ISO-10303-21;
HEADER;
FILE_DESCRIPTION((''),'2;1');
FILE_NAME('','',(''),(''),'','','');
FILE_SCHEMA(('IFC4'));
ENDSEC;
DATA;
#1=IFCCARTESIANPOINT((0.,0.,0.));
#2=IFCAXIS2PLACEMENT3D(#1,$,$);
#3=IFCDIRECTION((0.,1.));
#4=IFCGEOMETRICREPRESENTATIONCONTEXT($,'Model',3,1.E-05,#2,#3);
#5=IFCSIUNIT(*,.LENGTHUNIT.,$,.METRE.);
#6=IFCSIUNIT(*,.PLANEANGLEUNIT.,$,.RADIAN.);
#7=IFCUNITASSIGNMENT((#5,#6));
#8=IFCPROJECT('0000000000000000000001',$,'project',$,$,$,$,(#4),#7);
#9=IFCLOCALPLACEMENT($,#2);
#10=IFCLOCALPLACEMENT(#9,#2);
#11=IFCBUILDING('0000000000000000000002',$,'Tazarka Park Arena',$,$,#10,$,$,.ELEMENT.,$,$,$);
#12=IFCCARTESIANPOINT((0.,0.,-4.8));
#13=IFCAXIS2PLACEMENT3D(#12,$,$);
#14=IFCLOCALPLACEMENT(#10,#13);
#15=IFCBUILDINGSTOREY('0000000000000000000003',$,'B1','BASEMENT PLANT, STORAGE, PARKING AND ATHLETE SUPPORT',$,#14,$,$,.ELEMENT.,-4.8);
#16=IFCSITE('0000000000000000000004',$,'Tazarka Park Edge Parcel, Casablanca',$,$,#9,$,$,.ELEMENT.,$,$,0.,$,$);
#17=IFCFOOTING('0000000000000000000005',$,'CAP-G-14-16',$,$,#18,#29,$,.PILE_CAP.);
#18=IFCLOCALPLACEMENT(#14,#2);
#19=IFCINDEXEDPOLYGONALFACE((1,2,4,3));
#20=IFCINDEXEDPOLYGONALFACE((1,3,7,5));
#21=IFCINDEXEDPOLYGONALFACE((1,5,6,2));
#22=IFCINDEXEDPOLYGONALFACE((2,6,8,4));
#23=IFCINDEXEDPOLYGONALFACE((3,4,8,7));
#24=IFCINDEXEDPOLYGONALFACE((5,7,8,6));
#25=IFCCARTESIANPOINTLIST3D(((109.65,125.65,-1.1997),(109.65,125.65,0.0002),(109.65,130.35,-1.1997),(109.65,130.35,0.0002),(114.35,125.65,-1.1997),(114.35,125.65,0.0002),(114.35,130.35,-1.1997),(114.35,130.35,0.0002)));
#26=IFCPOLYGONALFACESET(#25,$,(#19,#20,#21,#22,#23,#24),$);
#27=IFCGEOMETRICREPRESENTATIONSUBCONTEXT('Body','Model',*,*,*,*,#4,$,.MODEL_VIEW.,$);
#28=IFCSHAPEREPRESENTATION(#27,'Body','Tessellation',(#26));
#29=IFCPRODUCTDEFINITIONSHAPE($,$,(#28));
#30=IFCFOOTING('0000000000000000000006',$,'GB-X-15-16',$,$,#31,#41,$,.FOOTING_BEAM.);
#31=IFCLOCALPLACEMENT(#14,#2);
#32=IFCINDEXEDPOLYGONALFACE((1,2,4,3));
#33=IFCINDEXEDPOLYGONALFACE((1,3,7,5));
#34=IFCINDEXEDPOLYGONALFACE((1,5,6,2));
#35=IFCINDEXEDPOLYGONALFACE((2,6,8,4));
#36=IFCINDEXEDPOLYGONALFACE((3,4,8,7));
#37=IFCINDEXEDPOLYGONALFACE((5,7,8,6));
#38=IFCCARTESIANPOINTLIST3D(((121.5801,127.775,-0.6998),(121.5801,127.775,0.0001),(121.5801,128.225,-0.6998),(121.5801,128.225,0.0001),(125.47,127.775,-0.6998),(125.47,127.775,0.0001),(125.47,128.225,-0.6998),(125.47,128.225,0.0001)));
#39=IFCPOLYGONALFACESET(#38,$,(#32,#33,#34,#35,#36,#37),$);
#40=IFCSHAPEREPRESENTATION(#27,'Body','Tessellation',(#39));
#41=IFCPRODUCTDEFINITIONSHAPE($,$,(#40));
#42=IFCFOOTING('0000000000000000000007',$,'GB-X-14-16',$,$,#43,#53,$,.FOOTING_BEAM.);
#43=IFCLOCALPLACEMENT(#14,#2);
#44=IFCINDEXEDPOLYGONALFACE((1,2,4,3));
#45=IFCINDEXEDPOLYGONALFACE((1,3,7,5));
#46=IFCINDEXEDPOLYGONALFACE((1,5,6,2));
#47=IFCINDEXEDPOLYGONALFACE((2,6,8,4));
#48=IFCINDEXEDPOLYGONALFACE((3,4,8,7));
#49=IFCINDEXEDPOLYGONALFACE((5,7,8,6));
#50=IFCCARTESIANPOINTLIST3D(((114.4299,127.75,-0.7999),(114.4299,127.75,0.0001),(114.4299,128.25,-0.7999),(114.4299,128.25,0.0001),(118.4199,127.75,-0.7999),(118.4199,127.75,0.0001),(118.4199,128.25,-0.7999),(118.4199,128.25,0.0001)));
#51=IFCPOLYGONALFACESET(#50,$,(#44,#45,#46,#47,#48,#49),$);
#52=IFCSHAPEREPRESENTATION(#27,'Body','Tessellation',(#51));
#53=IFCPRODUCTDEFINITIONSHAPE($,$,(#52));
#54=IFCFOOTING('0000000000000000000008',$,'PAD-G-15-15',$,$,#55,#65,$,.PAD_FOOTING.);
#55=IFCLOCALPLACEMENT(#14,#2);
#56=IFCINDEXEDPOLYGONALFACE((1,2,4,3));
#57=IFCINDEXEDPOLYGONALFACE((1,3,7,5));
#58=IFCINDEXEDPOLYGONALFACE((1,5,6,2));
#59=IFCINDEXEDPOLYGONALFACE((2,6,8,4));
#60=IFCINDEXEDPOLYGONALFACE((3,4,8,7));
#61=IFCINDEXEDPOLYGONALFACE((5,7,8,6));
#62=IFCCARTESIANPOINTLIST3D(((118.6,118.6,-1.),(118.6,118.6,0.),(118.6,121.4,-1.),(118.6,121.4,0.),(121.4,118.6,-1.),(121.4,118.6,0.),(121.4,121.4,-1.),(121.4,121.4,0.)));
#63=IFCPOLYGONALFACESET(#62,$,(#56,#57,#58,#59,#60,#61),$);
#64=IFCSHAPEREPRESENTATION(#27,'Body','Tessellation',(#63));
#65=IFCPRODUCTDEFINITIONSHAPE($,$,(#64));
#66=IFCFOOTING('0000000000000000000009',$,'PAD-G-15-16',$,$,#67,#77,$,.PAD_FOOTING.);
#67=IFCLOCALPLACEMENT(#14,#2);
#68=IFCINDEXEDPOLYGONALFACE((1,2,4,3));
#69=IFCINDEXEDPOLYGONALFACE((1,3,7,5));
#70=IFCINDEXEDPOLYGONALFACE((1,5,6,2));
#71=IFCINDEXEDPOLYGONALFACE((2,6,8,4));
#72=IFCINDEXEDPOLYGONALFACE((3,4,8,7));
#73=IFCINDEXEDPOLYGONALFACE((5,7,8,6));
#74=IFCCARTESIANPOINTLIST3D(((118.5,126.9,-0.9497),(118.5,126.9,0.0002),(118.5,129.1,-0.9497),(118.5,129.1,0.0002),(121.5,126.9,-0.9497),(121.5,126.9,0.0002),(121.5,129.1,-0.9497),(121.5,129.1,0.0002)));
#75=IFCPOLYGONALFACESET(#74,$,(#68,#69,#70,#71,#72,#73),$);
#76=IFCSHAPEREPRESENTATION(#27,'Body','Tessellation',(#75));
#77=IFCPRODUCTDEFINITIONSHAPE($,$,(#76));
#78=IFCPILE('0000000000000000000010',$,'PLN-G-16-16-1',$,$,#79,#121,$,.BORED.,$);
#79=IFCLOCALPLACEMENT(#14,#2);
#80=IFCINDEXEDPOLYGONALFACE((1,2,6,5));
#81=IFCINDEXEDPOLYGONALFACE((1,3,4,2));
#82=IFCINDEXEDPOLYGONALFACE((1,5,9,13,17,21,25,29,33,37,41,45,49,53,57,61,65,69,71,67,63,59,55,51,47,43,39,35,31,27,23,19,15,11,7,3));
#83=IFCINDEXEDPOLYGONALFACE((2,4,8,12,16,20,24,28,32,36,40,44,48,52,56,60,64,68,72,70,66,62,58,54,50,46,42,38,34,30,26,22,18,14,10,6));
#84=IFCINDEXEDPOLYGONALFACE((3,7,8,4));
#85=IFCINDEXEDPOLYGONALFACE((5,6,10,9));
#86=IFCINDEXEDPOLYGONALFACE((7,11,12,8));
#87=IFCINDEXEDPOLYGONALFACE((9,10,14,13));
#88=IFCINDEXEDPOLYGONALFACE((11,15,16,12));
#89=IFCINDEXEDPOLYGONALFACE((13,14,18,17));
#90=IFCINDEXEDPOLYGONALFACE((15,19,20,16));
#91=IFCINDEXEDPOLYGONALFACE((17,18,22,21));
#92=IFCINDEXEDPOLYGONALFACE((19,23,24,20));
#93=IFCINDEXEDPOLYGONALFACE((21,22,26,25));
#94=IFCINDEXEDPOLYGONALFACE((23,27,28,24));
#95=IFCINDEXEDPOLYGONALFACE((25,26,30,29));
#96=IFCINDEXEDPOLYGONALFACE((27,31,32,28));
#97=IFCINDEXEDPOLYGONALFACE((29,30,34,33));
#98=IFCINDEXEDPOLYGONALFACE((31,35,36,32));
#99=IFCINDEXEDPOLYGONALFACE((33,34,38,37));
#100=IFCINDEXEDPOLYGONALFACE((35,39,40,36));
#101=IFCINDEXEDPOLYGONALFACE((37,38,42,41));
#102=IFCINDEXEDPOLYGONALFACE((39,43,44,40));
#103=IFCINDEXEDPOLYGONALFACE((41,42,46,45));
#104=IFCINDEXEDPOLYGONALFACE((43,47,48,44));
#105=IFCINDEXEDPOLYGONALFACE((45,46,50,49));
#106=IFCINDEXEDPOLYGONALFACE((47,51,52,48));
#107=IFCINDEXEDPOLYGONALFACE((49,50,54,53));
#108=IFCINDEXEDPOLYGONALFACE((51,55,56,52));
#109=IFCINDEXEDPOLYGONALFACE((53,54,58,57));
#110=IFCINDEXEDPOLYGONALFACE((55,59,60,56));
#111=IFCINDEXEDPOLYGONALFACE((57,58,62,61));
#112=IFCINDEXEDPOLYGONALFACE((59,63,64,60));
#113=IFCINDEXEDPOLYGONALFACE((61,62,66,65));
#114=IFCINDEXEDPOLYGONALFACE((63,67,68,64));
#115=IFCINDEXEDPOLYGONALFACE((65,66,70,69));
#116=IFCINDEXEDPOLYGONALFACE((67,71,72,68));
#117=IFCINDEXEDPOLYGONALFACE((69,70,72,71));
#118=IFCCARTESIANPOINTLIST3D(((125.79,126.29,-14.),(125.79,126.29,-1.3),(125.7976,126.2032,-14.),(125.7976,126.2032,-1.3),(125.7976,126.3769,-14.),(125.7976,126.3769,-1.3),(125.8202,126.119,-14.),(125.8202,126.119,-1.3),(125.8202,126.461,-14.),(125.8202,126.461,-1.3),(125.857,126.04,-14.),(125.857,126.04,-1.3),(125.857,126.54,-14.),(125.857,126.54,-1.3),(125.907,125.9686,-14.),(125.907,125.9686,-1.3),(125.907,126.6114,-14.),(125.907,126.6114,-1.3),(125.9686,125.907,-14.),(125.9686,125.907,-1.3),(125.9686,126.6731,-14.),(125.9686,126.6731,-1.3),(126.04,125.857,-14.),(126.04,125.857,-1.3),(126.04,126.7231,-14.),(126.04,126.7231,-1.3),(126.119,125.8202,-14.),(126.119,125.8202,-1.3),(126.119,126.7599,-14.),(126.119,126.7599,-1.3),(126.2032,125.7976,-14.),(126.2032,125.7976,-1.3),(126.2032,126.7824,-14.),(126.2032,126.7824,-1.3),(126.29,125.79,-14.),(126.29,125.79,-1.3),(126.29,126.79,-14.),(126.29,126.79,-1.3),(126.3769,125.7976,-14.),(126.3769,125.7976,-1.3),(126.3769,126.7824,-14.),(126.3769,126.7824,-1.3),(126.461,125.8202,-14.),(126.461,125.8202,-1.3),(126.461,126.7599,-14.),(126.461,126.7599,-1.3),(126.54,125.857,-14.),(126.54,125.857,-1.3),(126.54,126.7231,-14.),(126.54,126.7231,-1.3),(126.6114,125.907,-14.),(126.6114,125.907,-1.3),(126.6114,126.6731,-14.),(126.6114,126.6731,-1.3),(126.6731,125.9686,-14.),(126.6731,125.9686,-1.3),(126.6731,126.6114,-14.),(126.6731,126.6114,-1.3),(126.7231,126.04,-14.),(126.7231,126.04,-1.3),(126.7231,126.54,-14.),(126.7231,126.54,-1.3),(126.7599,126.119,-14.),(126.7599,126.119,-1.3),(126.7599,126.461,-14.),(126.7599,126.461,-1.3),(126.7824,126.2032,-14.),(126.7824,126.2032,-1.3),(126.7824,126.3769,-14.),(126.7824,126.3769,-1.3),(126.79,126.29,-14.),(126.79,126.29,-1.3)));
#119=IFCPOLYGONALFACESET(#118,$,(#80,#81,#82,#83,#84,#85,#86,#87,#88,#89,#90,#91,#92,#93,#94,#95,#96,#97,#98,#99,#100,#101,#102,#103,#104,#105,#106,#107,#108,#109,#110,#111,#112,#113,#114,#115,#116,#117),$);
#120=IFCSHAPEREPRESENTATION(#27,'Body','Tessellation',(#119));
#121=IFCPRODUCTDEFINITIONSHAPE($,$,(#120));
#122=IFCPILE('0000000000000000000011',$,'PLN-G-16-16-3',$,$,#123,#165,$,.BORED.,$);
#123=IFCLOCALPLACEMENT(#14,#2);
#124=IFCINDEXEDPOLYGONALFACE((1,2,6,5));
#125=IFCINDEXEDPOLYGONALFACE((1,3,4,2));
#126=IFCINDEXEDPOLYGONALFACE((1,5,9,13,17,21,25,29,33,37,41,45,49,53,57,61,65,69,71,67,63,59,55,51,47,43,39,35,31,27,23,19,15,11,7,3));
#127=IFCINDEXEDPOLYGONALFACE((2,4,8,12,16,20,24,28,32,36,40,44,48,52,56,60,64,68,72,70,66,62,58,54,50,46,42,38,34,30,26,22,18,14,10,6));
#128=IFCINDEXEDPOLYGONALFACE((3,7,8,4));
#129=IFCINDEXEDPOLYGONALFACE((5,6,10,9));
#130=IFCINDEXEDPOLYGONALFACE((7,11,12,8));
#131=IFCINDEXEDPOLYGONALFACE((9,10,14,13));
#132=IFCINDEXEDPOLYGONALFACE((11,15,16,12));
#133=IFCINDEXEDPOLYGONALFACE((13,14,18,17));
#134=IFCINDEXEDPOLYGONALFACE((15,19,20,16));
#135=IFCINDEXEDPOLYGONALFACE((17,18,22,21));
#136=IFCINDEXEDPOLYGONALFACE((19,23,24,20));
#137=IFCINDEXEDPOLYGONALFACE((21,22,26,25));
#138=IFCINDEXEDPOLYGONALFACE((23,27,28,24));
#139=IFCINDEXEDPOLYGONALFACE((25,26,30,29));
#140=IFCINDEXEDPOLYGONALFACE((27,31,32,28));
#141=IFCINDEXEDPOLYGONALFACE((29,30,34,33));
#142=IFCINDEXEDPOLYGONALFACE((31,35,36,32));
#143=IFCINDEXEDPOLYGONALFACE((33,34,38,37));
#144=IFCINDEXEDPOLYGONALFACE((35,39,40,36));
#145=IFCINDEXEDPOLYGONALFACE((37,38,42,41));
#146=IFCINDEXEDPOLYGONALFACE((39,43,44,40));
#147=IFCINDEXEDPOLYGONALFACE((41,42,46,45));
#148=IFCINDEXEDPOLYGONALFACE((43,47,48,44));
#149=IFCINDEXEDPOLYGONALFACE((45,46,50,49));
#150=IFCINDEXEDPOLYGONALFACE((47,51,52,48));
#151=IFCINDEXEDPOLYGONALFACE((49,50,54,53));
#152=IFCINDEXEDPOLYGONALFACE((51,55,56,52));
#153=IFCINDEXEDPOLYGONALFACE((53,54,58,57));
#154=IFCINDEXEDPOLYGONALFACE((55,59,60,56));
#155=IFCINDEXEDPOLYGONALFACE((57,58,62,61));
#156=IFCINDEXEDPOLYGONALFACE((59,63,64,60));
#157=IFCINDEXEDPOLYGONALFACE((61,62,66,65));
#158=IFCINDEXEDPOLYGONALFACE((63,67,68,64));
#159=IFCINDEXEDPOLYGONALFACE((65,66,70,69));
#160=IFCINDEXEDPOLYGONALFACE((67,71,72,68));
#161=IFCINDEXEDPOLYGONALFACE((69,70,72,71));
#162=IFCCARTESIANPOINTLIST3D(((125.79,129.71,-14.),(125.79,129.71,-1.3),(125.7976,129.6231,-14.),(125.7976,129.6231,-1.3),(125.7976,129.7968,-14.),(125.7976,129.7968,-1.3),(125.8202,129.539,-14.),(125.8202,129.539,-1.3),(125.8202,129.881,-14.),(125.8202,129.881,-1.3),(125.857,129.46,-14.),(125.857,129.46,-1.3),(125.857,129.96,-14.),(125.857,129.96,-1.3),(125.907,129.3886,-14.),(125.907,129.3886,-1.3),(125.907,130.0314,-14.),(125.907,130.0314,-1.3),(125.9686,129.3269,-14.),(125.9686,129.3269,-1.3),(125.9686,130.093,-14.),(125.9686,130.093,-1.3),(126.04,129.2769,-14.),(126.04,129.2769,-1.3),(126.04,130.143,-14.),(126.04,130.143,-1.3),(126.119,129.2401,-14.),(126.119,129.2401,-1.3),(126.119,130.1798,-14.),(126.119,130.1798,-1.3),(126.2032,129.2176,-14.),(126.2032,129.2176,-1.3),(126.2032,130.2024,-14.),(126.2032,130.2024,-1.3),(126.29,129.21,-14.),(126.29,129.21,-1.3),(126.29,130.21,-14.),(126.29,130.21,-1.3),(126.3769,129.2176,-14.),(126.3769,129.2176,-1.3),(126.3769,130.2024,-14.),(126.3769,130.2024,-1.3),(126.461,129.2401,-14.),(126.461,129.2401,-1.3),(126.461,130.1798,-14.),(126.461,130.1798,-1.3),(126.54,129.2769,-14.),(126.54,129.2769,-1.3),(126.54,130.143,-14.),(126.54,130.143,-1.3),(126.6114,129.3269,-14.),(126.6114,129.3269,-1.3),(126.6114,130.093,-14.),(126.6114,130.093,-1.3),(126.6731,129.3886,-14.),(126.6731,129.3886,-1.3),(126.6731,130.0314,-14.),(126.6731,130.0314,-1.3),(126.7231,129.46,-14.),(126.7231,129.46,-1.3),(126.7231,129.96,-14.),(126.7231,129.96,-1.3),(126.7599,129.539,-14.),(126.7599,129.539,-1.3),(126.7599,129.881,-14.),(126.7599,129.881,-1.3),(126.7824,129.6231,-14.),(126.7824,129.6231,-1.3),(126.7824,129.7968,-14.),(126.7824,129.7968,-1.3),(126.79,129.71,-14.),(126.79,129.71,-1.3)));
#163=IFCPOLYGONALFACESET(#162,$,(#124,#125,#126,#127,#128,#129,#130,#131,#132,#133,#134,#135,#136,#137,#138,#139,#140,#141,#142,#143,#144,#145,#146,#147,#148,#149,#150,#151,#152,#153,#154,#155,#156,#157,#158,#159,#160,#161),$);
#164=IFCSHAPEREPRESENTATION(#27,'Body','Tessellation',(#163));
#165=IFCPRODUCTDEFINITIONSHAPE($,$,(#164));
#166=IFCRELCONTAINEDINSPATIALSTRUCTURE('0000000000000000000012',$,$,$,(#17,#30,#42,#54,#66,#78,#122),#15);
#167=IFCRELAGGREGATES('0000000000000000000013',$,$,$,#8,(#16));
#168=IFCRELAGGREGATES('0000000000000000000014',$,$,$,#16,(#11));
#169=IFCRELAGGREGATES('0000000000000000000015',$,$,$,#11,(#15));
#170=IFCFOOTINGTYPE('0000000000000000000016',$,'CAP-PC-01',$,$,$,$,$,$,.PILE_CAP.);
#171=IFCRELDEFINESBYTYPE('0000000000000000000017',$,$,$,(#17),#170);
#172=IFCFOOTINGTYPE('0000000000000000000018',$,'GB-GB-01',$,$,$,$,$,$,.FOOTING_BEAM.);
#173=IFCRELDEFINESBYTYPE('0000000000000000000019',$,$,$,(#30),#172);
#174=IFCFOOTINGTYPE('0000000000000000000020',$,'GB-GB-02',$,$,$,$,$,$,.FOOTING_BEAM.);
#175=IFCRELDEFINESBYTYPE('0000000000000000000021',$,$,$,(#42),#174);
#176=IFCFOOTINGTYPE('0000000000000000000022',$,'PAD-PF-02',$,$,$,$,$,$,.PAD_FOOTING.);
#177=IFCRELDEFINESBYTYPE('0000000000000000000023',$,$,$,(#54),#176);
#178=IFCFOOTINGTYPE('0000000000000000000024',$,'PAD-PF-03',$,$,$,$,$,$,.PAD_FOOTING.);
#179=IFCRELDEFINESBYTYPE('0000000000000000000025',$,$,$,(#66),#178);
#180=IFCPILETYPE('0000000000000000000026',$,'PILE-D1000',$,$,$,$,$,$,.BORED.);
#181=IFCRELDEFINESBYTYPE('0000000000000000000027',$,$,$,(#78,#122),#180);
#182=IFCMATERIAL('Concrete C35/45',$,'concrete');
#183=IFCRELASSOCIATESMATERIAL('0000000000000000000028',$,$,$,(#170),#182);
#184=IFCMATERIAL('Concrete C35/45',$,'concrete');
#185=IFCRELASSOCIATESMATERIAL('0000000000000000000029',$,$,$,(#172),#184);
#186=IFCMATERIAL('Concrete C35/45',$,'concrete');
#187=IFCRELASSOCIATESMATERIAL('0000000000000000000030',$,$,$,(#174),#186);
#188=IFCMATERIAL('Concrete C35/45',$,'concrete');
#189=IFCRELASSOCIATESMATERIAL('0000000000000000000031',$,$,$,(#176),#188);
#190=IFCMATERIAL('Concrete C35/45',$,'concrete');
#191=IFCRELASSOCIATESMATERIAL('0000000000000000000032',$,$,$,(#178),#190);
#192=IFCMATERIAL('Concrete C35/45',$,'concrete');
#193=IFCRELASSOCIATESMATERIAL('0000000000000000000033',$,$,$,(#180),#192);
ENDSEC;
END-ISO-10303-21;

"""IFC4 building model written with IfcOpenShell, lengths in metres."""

from ifc_helpers import new_model, si_unit, direction, frame, origin, origin_2d, place, context, subcontext, project, spatial, rectangle, circle, extrude, material, material_profile, profile_set, type_object, element, save


model = new_model("IFC4")

# Units and contexts
model_context = context("Model", 3, precision=1e-05, world=origin(), true_north=direction((0.0, 1.0)))
body_context = subcontext(model_context, "Body", "Model", "MODEL_VIEW")
ifc_project = project(units=[si_unit("LENGTHUNIT", "METRE"), si_unit("PLANEANGLEUNIT", "RADIAN")], contexts=[model_context])

# Site, building, storey
site_placement = place(None, origin())
site = spatial("IfcSite", under=ifc_project, at=site_placement, Name="Tazarka Park Edge Parcel, Casablanca", CompositionType="ELEMENT", RefElevation=0.0)
building_placement = place(site_placement, origin())
building = spatial("IfcBuilding", under=site, at=building_placement, Name="Tazarka Park Arena", CompositionType="ELEMENT")
storey_placement = place(building_placement, frame((0.0, 0.0, -4.8)))
storey = spatial("IfcBuildingStorey", under=building, at=storey_placement, Name="B1", Description="BASEMENT PLANT, STORAGE, PARKING AND ATHLETE SUPPORT", CompositionType="ELEMENT", Elevation=-4.8)

# Footings
ifc_material_1 = material(Name="Concrete C35/45", Category="concrete")
footing_type_1 = type_object("IfcFootingType", Name="CAP-PC-01", PredefinedType="PILE_CAP", material=ifc_material_1)
footing_1_placement = place(storey_placement, frame((112.0, 128.0, -1.1997), z_axis=(0.0, 0.0, 1.0), x_axis=(1.0, 0.0, 0.0)))
element("IfcFooting", 1, at=footing_1_placement, inside=storey, type_object=footing_type_1, Name="CAP-G-14-16", PredefinedType="PILE_CAP", context=body_context, shape_type="SweptSolid", body=[
    extrude(rectangle(XDim=4.7, YDim=4.7, at=origin_2d()), origin(), (0.0, 0.0, 1.0), 1.2),
])
ifc_material_2 = material(Name="Concrete C35/45", Category="concrete")
ifc_material_profile_1 = material_profile(ifc_material_2, rectangle(XDim=0.45, YDim=0.7, at=origin_2d()), Name="Concrete C35/45")
ifc_profile_set_1 = profile_set([ifc_material_profile_1], Name="Concrete C35/45")
footing_type_2 = type_object("IfcFootingType", Name="GB-GB-01", PredefinedType="FOOTING_BEAM", material=ifc_profile_set_1)
footing_2_placement = place(storey_placement, frame((121.5801, 128.0, -0.3499), z_axis=(1.0, 0.0, 0.0), x_axis=(0.0, 1.0, 0.0)))
element("IfcFooting", 2, at=footing_2_placement, inside=storey, type_object=footing_type_2, Name="GB-X-15-16", PredefinedType="FOOTING_BEAM", context=body_context, shape_type="SweptSolid", body=[
    extrude(rectangle(XDim=0.45, YDim=0.7, at=origin_2d()), origin(), (0.0, 0.0, 1.0), 3.8899),
])
ifc_material_3 = material(Name="Concrete C35/45", Category="concrete")
ifc_material_profile_2 = material_profile(ifc_material_3, rectangle(XDim=0.5, YDim=0.8, at=origin_2d()), Name="Concrete C35/45")
ifc_profile_set_2 = profile_set([ifc_material_profile_2], Name="Concrete C35/45")
footing_type_3 = type_object("IfcFootingType", Name="GB-GB-02", PredefinedType="FOOTING_BEAM", material=ifc_profile_set_2)
footing_3_placement = place(storey_placement, frame((114.4299, 128.0, -0.3999), z_axis=(1.0, 0.0, 0.0), x_axis=(0.0, 1.0, 0.0)))
element("IfcFooting", 3, at=footing_3_placement, inside=storey, type_object=footing_type_3, Name="GB-X-14-16", PredefinedType="FOOTING_BEAM", context=body_context, shape_type="SweptSolid", body=[
    extrude(rectangle(XDim=0.5, YDim=0.8, at=origin_2d()), origin(), (0.0, 0.0, 1.0), 3.99),
])
ifc_material_4 = material(Name="Concrete C35/45", Category="concrete")
footing_type_4 = type_object("IfcFootingType", Name="PAD-PF-02", PredefinedType="PAD_FOOTING", material=ifc_material_4)
footing_4_placement = place(storey_placement, frame((120.0, 120.0, -1.0), z_axis=(0.0, 0.0, 1.0), x_axis=(1.0, 0.0, 0.0)))
element("IfcFooting", 4, at=footing_4_placement, inside=storey, type_object=footing_type_4, Name="PAD-G-15-15", PredefinedType="PAD_FOOTING", context=body_context, shape_type="SweptSolid", body=[
    extrude(rectangle(XDim=2.8, YDim=2.8, at=origin_2d()), origin(), (0.0, 0.0, 1.0), 1.0),
])
ifc_material_5 = material(Name="Concrete C35/45", Category="concrete")
footing_type_5 = type_object("IfcFootingType", Name="PAD-PF-03", PredefinedType="PAD_FOOTING", material=ifc_material_5)
footing_5_placement = place(storey_placement, frame((120.0, 128.0, -0.9497), z_axis=(0.0, 0.0, 1.0), x_axis=(1.0, 0.0, 0.0)))
element("IfcFooting", 5, at=footing_5_placement, inside=storey, type_object=footing_type_5, Name="PAD-G-15-16", PredefinedType="PAD_FOOTING", context=body_context, shape_type="SweptSolid", body=[
    extrude(rectangle(XDim=3.0, YDim=2.2, at=origin_2d()), origin(), (0.0, 0.0, 1.0), 0.95),
])

# Piles
ifc_material_6 = material(Name="Concrete C35/45", Category="concrete")
ifc_material_profile_3 = material_profile(ifc_material_6, circle(Radius=0.5, at=origin_2d()), Name="Concrete C35/45")
ifc_profile_set_3 = profile_set([ifc_material_profile_3], Name="Concrete C35/45")
pile_type_1 = type_object("IfcPileType", Name="PILE-D1000", PredefinedType="BORED", material=ifc_profile_set_3)
for number, where, z_axis, x_axis, name in (
    (6, (126.29, 126.29, -1.3), (0.0, 0.0, -1.0), (1.0, 0.0, 0.0), "PLN-G-16-16-1"),
    (7, (126.29, 129.71, -1.3), (0.0, 0.0, -1.0), (1.0, 0.0, 0.0), "PLN-G-16-16-3"),
):
    element("IfcPile", number, at=place(storey_placement, frame(where, z_axis=z_axis, x_axis=x_axis)), inside=storey, type_object=pile_type_1, Name=name, PredefinedType="BORED", context=body_context, shape_type="SweptSolid", body=[
        extrude(circle(Radius=0.5, at=origin_2d()), origin(), (0.0, 0.0, 1.0), 12.7),
    ])

save(model, "model.ifc")
